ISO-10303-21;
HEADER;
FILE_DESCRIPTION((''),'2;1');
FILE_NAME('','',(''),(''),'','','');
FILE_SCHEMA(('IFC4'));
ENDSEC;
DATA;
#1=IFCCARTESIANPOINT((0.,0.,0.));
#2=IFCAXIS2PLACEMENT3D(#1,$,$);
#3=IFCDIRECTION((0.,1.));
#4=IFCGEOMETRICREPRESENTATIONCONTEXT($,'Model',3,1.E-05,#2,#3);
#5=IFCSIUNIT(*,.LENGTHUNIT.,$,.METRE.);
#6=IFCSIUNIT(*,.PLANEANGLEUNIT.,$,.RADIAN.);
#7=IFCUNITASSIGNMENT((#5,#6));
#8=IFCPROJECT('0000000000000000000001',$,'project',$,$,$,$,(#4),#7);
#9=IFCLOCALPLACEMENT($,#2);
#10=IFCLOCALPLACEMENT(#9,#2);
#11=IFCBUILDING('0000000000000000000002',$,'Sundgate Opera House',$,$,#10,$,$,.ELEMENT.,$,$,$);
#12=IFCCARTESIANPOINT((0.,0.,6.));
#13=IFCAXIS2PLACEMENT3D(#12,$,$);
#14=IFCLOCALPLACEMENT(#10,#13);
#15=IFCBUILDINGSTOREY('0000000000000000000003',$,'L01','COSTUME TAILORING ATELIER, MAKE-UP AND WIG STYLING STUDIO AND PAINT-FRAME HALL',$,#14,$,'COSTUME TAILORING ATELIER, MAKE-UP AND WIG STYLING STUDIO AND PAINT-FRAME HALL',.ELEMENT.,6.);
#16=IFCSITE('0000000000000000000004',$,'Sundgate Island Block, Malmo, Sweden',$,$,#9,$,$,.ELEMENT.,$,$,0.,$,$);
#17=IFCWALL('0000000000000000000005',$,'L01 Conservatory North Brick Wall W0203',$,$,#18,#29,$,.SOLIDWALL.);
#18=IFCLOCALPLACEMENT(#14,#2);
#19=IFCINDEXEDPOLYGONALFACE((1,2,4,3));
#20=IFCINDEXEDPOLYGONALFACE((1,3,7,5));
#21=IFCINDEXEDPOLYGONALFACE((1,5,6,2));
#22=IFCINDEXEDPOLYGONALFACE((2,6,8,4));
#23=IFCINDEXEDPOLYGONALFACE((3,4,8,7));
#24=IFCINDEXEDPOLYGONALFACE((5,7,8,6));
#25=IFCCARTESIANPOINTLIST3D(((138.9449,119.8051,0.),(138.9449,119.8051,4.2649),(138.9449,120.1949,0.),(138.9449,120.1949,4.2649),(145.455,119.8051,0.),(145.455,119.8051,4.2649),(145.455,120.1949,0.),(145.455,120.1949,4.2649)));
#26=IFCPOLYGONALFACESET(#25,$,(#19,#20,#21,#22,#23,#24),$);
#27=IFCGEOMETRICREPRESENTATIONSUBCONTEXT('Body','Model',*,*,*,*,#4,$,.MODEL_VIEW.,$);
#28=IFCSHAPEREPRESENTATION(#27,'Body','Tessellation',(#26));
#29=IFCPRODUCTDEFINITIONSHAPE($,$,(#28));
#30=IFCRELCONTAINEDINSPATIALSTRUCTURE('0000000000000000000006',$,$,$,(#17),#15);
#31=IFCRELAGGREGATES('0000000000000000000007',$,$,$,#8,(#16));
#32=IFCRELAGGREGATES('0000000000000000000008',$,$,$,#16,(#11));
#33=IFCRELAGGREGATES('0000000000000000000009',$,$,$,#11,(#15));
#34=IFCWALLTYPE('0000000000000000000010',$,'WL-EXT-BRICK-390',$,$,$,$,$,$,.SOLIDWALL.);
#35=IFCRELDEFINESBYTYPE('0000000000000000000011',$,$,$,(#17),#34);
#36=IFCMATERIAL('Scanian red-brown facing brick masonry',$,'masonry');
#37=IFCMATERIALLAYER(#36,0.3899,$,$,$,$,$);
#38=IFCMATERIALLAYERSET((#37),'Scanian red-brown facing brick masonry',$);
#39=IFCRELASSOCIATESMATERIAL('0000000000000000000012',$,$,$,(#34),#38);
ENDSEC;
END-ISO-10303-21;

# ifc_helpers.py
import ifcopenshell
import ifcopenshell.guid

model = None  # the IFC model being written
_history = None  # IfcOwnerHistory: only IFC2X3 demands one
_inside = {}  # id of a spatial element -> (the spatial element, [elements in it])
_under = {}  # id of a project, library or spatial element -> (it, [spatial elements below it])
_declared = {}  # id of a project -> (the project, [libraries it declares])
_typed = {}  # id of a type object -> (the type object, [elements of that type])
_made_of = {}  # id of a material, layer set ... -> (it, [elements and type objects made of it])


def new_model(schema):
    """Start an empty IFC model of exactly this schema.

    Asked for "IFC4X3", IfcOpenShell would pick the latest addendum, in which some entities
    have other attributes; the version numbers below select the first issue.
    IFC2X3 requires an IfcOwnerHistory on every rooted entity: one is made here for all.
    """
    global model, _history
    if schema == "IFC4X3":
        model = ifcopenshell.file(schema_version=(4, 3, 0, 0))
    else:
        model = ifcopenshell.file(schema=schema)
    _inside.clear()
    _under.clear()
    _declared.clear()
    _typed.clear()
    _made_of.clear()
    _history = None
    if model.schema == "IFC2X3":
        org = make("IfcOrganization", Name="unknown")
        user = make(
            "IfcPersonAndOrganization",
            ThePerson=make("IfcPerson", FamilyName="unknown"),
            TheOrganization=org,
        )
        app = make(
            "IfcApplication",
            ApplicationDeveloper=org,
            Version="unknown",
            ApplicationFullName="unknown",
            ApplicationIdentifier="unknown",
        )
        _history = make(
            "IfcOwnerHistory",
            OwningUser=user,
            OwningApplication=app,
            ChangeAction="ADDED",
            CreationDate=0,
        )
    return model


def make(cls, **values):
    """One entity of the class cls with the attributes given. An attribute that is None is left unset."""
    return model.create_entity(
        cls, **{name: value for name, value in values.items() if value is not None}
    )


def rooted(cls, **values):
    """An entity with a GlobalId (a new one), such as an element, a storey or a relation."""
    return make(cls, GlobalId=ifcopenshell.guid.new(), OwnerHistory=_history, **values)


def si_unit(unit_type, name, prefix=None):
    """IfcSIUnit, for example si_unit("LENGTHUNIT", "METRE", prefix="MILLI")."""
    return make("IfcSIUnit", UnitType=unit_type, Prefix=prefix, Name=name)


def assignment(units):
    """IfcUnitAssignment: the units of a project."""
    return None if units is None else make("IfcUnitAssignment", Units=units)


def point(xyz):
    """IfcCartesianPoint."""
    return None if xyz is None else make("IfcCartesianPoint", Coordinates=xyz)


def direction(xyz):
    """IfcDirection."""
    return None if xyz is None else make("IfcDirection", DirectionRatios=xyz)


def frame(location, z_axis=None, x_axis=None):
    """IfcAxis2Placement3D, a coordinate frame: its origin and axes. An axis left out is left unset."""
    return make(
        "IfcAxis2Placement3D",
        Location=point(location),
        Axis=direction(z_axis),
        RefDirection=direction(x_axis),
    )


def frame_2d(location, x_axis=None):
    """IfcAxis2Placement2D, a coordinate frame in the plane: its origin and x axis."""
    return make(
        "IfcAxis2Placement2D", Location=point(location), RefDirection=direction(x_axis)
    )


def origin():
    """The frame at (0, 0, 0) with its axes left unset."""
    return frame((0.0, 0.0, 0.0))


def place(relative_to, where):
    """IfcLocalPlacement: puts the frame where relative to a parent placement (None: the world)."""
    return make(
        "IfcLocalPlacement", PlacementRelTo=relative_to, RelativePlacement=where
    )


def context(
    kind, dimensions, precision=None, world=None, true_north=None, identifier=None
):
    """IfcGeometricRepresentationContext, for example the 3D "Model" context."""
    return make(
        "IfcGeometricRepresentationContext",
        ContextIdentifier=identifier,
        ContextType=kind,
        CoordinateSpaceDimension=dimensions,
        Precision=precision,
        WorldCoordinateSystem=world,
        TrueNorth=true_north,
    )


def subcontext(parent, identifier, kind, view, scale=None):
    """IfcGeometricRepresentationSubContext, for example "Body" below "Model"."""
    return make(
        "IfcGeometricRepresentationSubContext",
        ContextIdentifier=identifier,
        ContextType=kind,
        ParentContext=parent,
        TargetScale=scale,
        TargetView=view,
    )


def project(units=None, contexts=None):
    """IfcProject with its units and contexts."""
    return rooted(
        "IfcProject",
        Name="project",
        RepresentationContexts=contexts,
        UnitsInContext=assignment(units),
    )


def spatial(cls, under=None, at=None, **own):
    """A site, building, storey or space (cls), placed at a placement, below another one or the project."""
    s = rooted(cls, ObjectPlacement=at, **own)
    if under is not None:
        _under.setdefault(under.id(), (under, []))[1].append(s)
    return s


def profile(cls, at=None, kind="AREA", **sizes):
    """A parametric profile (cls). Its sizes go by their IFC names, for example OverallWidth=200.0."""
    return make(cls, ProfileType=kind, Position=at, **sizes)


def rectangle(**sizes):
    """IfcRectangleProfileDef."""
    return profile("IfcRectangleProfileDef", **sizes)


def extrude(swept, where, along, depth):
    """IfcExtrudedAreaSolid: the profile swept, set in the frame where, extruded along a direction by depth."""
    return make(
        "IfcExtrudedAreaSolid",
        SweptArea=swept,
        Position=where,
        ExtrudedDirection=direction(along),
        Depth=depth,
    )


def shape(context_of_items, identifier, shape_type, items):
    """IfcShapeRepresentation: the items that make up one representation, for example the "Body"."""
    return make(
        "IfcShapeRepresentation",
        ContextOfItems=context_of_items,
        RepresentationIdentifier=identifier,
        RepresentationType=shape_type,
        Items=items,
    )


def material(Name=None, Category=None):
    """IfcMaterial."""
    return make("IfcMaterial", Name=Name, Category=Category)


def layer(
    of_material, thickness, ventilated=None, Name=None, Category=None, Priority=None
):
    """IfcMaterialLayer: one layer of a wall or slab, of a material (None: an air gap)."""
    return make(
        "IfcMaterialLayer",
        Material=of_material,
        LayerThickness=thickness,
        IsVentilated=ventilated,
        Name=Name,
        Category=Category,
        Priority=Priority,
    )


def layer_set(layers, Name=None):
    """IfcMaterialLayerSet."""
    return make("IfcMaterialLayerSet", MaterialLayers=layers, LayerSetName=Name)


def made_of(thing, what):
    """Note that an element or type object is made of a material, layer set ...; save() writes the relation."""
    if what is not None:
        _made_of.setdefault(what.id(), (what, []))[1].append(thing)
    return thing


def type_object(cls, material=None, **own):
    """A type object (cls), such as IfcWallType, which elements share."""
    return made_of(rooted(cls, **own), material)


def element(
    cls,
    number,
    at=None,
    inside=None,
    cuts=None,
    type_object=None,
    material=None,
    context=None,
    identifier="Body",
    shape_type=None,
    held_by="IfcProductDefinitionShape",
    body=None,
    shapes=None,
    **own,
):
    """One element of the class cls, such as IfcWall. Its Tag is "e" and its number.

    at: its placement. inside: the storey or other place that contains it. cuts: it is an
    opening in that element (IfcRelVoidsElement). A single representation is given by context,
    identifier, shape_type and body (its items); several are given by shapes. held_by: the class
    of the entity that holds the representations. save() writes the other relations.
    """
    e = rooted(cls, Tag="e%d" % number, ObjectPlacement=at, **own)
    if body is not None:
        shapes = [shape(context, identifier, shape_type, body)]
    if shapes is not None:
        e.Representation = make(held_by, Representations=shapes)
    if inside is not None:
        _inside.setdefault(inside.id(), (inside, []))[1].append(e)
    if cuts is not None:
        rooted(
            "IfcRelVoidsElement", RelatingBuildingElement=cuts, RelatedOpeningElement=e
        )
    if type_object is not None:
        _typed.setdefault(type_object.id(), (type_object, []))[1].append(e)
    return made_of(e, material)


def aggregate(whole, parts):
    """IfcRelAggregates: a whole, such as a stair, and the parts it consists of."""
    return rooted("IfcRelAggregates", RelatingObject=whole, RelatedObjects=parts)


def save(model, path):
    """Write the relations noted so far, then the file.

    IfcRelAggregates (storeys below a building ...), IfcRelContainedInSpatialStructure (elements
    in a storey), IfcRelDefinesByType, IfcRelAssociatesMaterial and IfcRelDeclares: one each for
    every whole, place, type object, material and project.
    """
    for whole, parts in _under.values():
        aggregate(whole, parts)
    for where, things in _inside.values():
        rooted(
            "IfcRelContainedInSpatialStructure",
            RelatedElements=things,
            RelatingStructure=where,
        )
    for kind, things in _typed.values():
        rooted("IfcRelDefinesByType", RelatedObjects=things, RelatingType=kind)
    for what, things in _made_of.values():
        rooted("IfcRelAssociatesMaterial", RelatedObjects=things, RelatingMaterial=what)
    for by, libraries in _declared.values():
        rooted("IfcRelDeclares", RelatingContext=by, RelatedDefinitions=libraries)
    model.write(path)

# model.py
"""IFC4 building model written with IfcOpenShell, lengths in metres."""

from ifc_helpers import new_model, si_unit, direction, frame, frame_2d, origin, place, context, subcontext, project, spatial, rectangle, extrude, material, layer, layer_set, type_object, element, save


model = new_model("IFC4")

# Units and contexts
model_context = context("Model", 3, precision=1e-05, world=origin(), true_north=direction((0.0, 1.0)))
body_context = subcontext(model_context, "Body", "Model", "MODEL_VIEW")
ifc_project = project(units=[si_unit("LENGTHUNIT", "METRE"), si_unit("PLANEANGLEUNIT", "RADIAN")], contexts=[model_context])

# Site, building, storey
site_placement = place(None, origin())
site = spatial("IfcSite", under=ifc_project, at=site_placement, Name="Sundgate Island Block, Malmo, Sweden", CompositionType="ELEMENT", RefElevation=0.0)
building_placement = place(site_placement, origin())
building = spatial("IfcBuilding", under=site, at=building_placement, Name="Sundgate Opera House", CompositionType="ELEMENT")
storey_placement = place(building_placement, frame((0.0, 0.0, 6.0)))
storey = spatial("IfcBuildingStorey", under=building, at=storey_placement, Name="L01", Description="COSTUME TAILORING ATELIER, MAKE-UP AND WIG STYLING STUDIO AND PAINT-FRAME HALL", LongName="COSTUME TAILORING ATELIER, MAKE-UP AND WIG STYLING STUDIO AND PAINT-FRAME HALL", CompositionType="ELEMENT", Elevation=6.0)

# Wall
ifc_material_1 = material(Name="Scanian red-brown facing brick masonry", Category="masonry")
ifc_layer_1 = layer(ifc_material_1, 0.3899)
ifc_layer_set_1 = layer_set([ifc_layer_1], Name="Scanian red-brown facing brick masonry")
wall_type = type_object("IfcWallType", Name="WL-EXT-BRICK-390", PredefinedType="SOLIDWALL", material=ifc_layer_set_1)
wall_placement = place(storey_placement, frame((138.9451, 120.0, 0.0), z_axis=(0.0, 0.0, 1.0), x_axis=(1.0, 0.0, 0.0)))
element("IfcWall", 1, at=wall_placement, inside=storey, type_object=wall_type, Name="L01 Conservatory North Brick Wall W0203", PredefinedType="SOLIDWALL", context=body_context, shape_type="SweptSolid", body=[
    extrude(rectangle(XDim=6.51, YDim=0.3899, at=frame_2d((3.2549, 0.0))), origin(), (0.0, 0.0, 1.0), 4.2649),
])

save(model, "model.ifc")
